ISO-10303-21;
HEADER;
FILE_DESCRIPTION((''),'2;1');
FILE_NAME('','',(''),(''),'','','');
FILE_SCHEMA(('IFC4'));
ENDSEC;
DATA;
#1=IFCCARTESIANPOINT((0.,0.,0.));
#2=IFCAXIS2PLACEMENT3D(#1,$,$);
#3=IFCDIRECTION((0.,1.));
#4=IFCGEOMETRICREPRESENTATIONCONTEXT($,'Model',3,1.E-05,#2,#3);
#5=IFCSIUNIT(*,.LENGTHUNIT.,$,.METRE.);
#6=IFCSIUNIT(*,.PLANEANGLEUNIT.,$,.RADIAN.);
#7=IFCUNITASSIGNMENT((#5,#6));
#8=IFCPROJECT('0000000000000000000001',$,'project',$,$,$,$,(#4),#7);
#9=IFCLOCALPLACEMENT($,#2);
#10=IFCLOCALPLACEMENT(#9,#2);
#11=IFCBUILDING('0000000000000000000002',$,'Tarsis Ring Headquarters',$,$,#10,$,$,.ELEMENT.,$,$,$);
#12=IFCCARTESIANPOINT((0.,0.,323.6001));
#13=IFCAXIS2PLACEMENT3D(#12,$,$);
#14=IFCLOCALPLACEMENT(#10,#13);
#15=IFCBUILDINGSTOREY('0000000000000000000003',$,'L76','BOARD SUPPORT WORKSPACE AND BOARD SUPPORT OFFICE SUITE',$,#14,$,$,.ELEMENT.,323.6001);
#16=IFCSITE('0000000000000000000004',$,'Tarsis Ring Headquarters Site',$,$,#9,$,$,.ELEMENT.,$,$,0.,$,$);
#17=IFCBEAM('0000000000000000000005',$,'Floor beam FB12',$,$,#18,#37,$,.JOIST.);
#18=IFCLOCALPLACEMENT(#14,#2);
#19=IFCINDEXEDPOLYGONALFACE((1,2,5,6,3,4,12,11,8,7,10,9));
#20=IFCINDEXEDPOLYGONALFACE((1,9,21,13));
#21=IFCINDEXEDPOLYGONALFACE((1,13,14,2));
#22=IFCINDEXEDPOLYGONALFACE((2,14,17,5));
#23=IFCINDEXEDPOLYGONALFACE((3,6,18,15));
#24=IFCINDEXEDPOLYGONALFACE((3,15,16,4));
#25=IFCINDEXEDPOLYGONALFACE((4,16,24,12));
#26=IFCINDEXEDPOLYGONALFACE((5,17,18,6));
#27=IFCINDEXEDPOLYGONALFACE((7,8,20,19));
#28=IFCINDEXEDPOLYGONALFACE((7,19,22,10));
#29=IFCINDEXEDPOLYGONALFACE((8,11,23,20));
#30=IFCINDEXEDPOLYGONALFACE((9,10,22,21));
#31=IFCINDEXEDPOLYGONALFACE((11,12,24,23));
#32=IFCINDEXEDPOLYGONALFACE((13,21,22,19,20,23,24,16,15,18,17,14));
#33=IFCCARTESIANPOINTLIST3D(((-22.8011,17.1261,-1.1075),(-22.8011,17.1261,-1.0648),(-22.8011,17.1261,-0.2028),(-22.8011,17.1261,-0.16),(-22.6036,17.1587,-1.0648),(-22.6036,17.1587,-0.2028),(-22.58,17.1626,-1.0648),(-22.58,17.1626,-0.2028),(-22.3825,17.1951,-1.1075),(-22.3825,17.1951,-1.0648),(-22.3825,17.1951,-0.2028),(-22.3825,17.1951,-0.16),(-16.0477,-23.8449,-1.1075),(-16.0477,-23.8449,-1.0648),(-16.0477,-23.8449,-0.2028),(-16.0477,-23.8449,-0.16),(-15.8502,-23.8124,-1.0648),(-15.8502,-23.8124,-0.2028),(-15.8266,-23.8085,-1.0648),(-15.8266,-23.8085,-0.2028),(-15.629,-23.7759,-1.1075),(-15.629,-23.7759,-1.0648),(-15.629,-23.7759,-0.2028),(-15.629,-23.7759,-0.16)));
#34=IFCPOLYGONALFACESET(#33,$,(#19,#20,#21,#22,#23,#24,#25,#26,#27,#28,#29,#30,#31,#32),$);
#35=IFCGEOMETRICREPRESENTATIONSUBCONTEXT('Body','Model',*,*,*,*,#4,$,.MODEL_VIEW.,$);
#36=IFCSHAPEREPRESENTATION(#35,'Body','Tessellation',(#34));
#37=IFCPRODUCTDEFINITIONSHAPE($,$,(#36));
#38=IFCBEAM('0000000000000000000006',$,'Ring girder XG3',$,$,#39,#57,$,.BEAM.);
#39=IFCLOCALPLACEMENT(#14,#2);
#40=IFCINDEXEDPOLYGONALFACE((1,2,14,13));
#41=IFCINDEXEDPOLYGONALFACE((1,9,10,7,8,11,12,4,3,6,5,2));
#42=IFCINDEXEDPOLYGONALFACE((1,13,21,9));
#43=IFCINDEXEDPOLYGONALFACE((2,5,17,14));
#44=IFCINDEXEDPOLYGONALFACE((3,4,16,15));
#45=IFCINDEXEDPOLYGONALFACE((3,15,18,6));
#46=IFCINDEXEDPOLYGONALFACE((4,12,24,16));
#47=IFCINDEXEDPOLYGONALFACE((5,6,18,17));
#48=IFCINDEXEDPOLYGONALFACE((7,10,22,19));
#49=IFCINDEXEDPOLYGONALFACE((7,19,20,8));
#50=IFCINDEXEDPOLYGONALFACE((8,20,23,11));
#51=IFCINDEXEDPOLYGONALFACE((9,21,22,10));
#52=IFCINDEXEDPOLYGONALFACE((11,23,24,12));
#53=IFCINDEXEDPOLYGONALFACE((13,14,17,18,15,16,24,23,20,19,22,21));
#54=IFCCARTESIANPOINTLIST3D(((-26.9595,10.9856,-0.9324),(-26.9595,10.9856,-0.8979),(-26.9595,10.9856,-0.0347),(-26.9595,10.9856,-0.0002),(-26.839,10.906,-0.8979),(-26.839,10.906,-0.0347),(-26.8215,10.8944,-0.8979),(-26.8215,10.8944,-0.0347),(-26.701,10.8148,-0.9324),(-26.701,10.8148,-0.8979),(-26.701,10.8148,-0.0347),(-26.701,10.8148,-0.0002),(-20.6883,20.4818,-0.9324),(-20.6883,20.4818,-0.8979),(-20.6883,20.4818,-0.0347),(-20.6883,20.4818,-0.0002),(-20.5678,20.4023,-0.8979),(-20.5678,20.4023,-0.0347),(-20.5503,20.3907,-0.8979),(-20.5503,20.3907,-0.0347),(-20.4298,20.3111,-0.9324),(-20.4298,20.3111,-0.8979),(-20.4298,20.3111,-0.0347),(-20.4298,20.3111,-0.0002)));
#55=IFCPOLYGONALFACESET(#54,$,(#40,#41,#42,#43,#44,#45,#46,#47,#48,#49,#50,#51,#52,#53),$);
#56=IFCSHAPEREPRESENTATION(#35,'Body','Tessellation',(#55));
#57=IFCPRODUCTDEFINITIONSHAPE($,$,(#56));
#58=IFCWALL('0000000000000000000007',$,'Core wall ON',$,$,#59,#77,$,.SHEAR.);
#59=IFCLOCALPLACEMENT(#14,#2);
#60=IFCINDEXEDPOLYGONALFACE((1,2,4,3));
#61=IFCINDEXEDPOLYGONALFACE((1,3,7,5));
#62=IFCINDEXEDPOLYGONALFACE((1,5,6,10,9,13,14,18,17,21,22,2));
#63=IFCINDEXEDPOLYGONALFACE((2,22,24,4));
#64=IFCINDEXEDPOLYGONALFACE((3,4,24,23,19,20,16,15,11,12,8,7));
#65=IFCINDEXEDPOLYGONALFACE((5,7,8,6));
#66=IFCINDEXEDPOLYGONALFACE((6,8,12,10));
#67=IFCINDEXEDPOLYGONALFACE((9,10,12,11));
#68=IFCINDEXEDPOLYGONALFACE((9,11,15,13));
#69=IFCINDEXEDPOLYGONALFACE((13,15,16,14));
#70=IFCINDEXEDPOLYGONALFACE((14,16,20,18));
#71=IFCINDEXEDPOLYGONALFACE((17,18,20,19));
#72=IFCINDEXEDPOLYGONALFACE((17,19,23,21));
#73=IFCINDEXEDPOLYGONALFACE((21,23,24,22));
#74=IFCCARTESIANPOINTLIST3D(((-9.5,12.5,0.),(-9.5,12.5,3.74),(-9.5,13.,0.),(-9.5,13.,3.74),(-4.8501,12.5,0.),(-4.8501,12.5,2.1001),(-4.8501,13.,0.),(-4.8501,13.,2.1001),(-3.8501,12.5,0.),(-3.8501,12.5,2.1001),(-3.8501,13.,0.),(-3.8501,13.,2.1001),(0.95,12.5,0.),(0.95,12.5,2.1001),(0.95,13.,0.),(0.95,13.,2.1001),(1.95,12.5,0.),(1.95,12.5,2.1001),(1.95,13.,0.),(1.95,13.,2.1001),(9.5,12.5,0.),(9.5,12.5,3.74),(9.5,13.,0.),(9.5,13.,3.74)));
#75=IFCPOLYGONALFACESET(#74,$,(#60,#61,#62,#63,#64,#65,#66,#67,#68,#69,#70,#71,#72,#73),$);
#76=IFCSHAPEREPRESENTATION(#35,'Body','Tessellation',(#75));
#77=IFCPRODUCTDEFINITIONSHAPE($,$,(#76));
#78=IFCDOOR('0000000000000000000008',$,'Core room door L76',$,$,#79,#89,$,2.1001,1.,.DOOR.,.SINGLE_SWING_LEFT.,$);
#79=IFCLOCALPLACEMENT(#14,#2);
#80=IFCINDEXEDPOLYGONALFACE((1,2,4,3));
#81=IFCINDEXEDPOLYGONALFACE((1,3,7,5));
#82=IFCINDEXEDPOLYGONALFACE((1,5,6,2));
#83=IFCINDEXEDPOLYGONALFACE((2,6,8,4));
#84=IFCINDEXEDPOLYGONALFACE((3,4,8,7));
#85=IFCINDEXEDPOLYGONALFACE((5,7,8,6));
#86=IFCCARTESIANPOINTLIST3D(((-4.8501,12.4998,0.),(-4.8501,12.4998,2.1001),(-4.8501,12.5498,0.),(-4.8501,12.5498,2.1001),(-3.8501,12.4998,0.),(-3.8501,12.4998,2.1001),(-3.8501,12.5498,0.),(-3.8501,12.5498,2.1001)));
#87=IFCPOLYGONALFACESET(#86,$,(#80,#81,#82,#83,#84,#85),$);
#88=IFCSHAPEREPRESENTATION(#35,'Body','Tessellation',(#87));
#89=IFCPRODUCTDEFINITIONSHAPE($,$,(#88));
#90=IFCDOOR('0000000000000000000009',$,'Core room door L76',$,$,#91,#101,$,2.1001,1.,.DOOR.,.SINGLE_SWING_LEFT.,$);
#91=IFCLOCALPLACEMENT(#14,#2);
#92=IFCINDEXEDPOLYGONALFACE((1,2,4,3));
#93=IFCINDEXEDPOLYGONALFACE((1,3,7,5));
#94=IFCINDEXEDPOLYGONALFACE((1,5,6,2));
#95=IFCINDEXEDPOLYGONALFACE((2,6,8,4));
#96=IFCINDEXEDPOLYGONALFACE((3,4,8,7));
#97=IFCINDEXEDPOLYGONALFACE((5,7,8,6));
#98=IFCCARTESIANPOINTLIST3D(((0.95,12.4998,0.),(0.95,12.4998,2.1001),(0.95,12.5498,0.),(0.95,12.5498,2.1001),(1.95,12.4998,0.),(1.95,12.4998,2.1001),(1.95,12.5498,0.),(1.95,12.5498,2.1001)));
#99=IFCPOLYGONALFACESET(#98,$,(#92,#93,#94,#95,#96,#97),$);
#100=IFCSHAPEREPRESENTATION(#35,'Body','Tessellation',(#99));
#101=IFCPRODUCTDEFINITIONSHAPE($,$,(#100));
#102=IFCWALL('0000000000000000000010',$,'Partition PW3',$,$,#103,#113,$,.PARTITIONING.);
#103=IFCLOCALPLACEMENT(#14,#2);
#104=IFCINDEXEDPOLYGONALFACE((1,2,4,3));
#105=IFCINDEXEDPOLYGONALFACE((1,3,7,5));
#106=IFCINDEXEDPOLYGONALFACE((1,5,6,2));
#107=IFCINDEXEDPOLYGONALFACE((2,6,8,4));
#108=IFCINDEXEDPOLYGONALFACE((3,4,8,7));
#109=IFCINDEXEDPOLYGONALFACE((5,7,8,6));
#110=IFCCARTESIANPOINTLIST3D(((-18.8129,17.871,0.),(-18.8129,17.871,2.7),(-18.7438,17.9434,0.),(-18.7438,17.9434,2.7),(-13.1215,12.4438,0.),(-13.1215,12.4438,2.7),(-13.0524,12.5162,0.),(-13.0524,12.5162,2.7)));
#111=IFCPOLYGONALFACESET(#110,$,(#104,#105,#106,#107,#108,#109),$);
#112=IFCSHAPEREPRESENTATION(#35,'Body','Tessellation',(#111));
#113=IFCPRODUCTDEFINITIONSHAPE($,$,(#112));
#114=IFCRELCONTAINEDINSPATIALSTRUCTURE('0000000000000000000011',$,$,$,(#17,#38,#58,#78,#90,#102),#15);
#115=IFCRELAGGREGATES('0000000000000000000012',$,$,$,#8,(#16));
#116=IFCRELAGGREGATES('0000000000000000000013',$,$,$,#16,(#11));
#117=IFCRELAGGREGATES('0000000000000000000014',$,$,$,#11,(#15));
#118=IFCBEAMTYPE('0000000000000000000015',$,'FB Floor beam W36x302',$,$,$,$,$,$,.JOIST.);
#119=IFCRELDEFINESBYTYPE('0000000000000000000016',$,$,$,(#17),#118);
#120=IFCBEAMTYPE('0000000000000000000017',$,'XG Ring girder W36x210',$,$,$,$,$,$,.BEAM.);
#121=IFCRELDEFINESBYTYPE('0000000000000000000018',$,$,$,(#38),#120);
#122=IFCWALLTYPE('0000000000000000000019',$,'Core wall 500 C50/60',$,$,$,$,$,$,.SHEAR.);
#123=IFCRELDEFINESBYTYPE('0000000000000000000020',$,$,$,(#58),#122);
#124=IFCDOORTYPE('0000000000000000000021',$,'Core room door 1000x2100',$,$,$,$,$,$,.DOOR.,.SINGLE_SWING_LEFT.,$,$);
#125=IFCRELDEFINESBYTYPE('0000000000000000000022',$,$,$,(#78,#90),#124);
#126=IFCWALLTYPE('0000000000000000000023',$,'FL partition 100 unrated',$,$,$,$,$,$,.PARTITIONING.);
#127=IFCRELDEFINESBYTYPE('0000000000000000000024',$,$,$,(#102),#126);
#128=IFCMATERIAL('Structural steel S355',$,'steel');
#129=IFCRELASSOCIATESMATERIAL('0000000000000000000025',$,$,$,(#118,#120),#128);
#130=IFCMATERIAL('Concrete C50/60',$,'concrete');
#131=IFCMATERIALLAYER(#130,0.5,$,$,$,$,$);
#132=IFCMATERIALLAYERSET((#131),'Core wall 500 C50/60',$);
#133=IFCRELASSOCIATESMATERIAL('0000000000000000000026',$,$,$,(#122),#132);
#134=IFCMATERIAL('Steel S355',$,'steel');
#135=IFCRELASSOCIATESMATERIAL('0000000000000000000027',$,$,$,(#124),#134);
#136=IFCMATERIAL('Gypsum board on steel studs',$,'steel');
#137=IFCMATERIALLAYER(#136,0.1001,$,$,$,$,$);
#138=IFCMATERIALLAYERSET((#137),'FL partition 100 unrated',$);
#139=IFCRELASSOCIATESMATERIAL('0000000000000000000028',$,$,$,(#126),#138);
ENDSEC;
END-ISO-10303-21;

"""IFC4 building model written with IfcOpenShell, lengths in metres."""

from ifc_helpers import new_model, si_unit, direction, frame, frame_2d, origin, origin_2d, place, context, subcontext, project, spatial, rectangle, i_section, extrude, material, layer, layer_set, material_profile, profile_set, type_object, element, fill, save


model = new_model("IFC4")

# Units and contexts
model_context = context("Model", 3, precision=1e-05, world=origin(), true_north=direction((0.0, 1.0)))
body_context = subcontext(model_context, "Body", "Model", "MODEL_VIEW")
ifc_project = project(units=[si_unit("LENGTHUNIT", "METRE"), si_unit("PLANEANGLEUNIT", "RADIAN")], contexts=[model_context])

# Site, building, storey
site_placement = place(None, origin())
site = spatial("IfcSite", under=ifc_project, at=site_placement, Name="Tarsis Ring Headquarters Site", CompositionType="ELEMENT", RefElevation=0.0)
building_placement = place(site_placement, origin())
building = spatial("IfcBuilding", under=site, at=building_placement, Name="Tarsis Ring Headquarters", CompositionType="ELEMENT")
storey_placement = place(building_placement, frame((0.0, 0.0, 323.6001)))
storey = spatial("IfcBuildingStorey", under=building, at=storey_placement, Name="L76", Description="BOARD SUPPORT WORKSPACE AND BOARD SUPPORT OFFICE SUITE", CompositionType="ELEMENT", Elevation=323.6001)

# Beams
ifc_material_1 = material(Name="Structural steel S355", Category="steel")
ifc_material_profile_1 = material_profile(ifc_material_1, i_section(OverallWidth=0.4243, OverallDepth=0.9475, WebThickness=0.0239, FlangeThickness=0.0427, at=origin_2d()), Name="W36x302")
ifc_profile_set_1 = profile_set([ifc_material_profile_1], Name="Structural steel S355")
beam_type_1 = type_object("IfcBeamType", Name="FB Floor beam W36x302", PredefinedType="JOIST", material=ifc_profile_set_1)
beam_1_placement = place(storey_placement, frame((-22.5918, 17.1606, -0.6338), z_axis=(0.16264, -0.986686, 0.0), x_axis=(0.986686, 0.16264, 0.0)))
element("IfcBeam", 1, at=beam_1_placement, inside=storey, type_object=beam_type_1, Name="Floor beam FB12", PredefinedType="JOIST", context=body_context, shape_type="SweptSolid", body=[
    extrude(i_section(OverallWidth=0.4243, OverallDepth=0.9475, WebThickness=0.0239, FlangeThickness=0.0427, at=origin_2d()), origin(), (0.0, 0.0, 1.0), 41.5239),
])
ifc_material_profile_2 = material_profile(ifc_material_1, i_section(OverallWidth=0.3098, OverallDepth=0.9321, WebThickness=0.021, FlangeThickness=0.0344, at=origin_2d()), Name="W36x210")
ifc_profile_set_2 = profile_set([ifc_material_profile_2], Name="Structural steel S355")
beam_type_2 = type_object("IfcBeamType", Name="XG Ring girder W36x210", PredefinedType="BEAM", material=ifc_profile_set_2)
beam_2_placement = place(storey_placement, frame((-20.5591, 20.3965, -0.4663), z_axis=(-0.551066, -0.834462, 0.0), x_axis=(0.834462, -0.551066, 0.0)))
element("IfcBeam", 2, at=beam_2_placement, inside=storey, type_object=beam_type_2, Name="Ring girder XG3", PredefinedType="BEAM", context=body_context, shape_type="SweptSolid", body=[
    extrude(i_section(OverallWidth=0.3098, OverallDepth=0.9321, WebThickness=0.021, FlangeThickness=0.0344, at=origin_2d()), origin(), (0.0, 0.0, 1.0), 11.3801),
])

# Wall, openings, doors
ifc_material_2 = material(Name="Concrete C50/60", Category="concrete")
ifc_layer_1 = layer(ifc_material_2, 0.5)
ifc_layer_set_1 = layer_set([ifc_layer_1], Name="Core wall 500 C50/60")
wall_type_1 = type_object("IfcWallType", Name="Core wall 500 C50/60", PredefinedType="SHEAR", material=ifc_layer_set_1)
wall_1_placement = place(storey_placement, frame((-9.5, 12.75, 0.0), z_axis=(0.0, 0.0, 1.0), x_axis=(1.0, 0.0, 0.0)))
wall_1 = element("IfcWall", 3, at=wall_1_placement, inside=storey, type_object=wall_type_1, Name="Core wall ON", PredefinedType="SHEAR", context=body_context, shape_type="SweptSolid", body=[
    extrude(rectangle(XDim=19.0, YDim=0.5, at=frame_2d((9.5, 0.0))), origin(), (0.0, 0.0, 1.0), 3.74),
])
opening_1_placement = place(wall_1_placement, frame((4.6499, 0.0, 0.0)))
opening_1 = element("IfcOpeningElement", 4, at=opening_1_placement, cuts=wall_1, PredefinedType="OPENING", context=body_context, shape_type="SweptSolid", body=[
    extrude(rectangle(XDim=1.0, YDim=2.1001, at=frame_2d((0.5, 1.05))), frame((0.0, 0.26, 0.0), z_axis=(0.0, -1.0, 0.0), x_axis=(1.0, 0.0, 0.0)), (0.0, 0.0, 1.0), 0.52),
])
opening_2_placement = place(wall_1_placement, frame((10.45, 0.0, 0.0)))
opening_2 = element("IfcOpeningElement", 5, at=opening_2_placement, cuts=wall_1, PredefinedType="OPENING", context=body_context, shape_type="SweptSolid", body=[
    extrude(rectangle(XDim=1.0, YDim=2.1001, at=frame_2d((0.5, 1.05))), frame((0.0, 0.26, 0.0), z_axis=(0.0, -1.0, 0.0), x_axis=(1.0, 0.0, 0.0)), (0.0, 0.0, 1.0), 0.52),
])
ifc_material_3 = material(Name="Steel S355", Category="steel")
door_type_1 = type_object("IfcDoorType", Name="Core room door 1000x2100", OperationType="SINGLE_SWING_LEFT", PredefinedType="DOOR", material=ifc_material_3)
door_1_placement = place(opening_1_placement, origin())
door_1 = element("IfcDoor", 6, at=door_1_placement, inside=storey, type_object=door_type_1, Name="Core room door L76", OperationType="SINGLE_SWING_LEFT", OverallHeight=2.1001, OverallWidth=1.0, PredefinedType="DOOR", context=body_context, shape_type="SweptSolid", body=[
    extrude(rectangle(XDim=1.0, YDim=2.1001, at=frame_2d((0.5, 1.05))), frame((0.0, -0.2002, 0.0), z_axis=(0.0, -1.0, 0.0), x_axis=(1.0, 0.0, 0.0)), (0.0, 0.0, 1.0), 0.05),
])
fill(opening_1, door_1)
door_2_placement = place(opening_2_placement, origin())
door_2 = element("IfcDoor", 7, at=door_2_placement, inside=storey, type_object=door_type_1, Name="Core room door L76", OperationType="SINGLE_SWING_LEFT", OverallHeight=2.1001, OverallWidth=1.0, PredefinedType="DOOR", context=body_context, shape_type="SweptSolid", body=[
    extrude(rectangle(XDim=1.0, YDim=2.1001, at=frame_2d((0.5, 1.05))), frame((0.0, -0.2002, 0.0), z_axis=(0.0, -1.0, 0.0), x_axis=(1.0, 0.0, 0.0)), (0.0, 0.0, 1.0), 0.05),
])
fill(opening_2, door_2)

# Wall
ifc_material_4 = material(Name="Gypsum board on steel studs", Category="steel")
ifc_layer_2 = layer(ifc_material_4, 0.1001)
ifc_layer_set_2 = layer_set([ifc_layer_2], Name="FL partition 100 unrated")
wall_type_2 = type_object("IfcWallType", Name="FL partition 100 unrated", PredefinedType="PARTITIONING", material=ifc_layer_set_2)
wall_2_placement = place(storey_placement, frame((-18.7783, 17.9072, 0.0), z_axis=(0.0, 0.0, 1.0), x_axis=(0.723702, -0.690112, 0.0)))
element("IfcWall", 8, at=wall_2_placement, inside=storey, type_object=wall_type_2, Name="Partition PW3", PredefinedType="PARTITIONING", context=body_context, shape_type="SweptSolid", body=[
    extrude(rectangle(XDim=7.8643, YDim=0.1001, at=frame_2d((3.9321, 0.0))), origin(), (0.0, 0.0, 1.0), 2.7),
])

save(model, "model.ifc")
